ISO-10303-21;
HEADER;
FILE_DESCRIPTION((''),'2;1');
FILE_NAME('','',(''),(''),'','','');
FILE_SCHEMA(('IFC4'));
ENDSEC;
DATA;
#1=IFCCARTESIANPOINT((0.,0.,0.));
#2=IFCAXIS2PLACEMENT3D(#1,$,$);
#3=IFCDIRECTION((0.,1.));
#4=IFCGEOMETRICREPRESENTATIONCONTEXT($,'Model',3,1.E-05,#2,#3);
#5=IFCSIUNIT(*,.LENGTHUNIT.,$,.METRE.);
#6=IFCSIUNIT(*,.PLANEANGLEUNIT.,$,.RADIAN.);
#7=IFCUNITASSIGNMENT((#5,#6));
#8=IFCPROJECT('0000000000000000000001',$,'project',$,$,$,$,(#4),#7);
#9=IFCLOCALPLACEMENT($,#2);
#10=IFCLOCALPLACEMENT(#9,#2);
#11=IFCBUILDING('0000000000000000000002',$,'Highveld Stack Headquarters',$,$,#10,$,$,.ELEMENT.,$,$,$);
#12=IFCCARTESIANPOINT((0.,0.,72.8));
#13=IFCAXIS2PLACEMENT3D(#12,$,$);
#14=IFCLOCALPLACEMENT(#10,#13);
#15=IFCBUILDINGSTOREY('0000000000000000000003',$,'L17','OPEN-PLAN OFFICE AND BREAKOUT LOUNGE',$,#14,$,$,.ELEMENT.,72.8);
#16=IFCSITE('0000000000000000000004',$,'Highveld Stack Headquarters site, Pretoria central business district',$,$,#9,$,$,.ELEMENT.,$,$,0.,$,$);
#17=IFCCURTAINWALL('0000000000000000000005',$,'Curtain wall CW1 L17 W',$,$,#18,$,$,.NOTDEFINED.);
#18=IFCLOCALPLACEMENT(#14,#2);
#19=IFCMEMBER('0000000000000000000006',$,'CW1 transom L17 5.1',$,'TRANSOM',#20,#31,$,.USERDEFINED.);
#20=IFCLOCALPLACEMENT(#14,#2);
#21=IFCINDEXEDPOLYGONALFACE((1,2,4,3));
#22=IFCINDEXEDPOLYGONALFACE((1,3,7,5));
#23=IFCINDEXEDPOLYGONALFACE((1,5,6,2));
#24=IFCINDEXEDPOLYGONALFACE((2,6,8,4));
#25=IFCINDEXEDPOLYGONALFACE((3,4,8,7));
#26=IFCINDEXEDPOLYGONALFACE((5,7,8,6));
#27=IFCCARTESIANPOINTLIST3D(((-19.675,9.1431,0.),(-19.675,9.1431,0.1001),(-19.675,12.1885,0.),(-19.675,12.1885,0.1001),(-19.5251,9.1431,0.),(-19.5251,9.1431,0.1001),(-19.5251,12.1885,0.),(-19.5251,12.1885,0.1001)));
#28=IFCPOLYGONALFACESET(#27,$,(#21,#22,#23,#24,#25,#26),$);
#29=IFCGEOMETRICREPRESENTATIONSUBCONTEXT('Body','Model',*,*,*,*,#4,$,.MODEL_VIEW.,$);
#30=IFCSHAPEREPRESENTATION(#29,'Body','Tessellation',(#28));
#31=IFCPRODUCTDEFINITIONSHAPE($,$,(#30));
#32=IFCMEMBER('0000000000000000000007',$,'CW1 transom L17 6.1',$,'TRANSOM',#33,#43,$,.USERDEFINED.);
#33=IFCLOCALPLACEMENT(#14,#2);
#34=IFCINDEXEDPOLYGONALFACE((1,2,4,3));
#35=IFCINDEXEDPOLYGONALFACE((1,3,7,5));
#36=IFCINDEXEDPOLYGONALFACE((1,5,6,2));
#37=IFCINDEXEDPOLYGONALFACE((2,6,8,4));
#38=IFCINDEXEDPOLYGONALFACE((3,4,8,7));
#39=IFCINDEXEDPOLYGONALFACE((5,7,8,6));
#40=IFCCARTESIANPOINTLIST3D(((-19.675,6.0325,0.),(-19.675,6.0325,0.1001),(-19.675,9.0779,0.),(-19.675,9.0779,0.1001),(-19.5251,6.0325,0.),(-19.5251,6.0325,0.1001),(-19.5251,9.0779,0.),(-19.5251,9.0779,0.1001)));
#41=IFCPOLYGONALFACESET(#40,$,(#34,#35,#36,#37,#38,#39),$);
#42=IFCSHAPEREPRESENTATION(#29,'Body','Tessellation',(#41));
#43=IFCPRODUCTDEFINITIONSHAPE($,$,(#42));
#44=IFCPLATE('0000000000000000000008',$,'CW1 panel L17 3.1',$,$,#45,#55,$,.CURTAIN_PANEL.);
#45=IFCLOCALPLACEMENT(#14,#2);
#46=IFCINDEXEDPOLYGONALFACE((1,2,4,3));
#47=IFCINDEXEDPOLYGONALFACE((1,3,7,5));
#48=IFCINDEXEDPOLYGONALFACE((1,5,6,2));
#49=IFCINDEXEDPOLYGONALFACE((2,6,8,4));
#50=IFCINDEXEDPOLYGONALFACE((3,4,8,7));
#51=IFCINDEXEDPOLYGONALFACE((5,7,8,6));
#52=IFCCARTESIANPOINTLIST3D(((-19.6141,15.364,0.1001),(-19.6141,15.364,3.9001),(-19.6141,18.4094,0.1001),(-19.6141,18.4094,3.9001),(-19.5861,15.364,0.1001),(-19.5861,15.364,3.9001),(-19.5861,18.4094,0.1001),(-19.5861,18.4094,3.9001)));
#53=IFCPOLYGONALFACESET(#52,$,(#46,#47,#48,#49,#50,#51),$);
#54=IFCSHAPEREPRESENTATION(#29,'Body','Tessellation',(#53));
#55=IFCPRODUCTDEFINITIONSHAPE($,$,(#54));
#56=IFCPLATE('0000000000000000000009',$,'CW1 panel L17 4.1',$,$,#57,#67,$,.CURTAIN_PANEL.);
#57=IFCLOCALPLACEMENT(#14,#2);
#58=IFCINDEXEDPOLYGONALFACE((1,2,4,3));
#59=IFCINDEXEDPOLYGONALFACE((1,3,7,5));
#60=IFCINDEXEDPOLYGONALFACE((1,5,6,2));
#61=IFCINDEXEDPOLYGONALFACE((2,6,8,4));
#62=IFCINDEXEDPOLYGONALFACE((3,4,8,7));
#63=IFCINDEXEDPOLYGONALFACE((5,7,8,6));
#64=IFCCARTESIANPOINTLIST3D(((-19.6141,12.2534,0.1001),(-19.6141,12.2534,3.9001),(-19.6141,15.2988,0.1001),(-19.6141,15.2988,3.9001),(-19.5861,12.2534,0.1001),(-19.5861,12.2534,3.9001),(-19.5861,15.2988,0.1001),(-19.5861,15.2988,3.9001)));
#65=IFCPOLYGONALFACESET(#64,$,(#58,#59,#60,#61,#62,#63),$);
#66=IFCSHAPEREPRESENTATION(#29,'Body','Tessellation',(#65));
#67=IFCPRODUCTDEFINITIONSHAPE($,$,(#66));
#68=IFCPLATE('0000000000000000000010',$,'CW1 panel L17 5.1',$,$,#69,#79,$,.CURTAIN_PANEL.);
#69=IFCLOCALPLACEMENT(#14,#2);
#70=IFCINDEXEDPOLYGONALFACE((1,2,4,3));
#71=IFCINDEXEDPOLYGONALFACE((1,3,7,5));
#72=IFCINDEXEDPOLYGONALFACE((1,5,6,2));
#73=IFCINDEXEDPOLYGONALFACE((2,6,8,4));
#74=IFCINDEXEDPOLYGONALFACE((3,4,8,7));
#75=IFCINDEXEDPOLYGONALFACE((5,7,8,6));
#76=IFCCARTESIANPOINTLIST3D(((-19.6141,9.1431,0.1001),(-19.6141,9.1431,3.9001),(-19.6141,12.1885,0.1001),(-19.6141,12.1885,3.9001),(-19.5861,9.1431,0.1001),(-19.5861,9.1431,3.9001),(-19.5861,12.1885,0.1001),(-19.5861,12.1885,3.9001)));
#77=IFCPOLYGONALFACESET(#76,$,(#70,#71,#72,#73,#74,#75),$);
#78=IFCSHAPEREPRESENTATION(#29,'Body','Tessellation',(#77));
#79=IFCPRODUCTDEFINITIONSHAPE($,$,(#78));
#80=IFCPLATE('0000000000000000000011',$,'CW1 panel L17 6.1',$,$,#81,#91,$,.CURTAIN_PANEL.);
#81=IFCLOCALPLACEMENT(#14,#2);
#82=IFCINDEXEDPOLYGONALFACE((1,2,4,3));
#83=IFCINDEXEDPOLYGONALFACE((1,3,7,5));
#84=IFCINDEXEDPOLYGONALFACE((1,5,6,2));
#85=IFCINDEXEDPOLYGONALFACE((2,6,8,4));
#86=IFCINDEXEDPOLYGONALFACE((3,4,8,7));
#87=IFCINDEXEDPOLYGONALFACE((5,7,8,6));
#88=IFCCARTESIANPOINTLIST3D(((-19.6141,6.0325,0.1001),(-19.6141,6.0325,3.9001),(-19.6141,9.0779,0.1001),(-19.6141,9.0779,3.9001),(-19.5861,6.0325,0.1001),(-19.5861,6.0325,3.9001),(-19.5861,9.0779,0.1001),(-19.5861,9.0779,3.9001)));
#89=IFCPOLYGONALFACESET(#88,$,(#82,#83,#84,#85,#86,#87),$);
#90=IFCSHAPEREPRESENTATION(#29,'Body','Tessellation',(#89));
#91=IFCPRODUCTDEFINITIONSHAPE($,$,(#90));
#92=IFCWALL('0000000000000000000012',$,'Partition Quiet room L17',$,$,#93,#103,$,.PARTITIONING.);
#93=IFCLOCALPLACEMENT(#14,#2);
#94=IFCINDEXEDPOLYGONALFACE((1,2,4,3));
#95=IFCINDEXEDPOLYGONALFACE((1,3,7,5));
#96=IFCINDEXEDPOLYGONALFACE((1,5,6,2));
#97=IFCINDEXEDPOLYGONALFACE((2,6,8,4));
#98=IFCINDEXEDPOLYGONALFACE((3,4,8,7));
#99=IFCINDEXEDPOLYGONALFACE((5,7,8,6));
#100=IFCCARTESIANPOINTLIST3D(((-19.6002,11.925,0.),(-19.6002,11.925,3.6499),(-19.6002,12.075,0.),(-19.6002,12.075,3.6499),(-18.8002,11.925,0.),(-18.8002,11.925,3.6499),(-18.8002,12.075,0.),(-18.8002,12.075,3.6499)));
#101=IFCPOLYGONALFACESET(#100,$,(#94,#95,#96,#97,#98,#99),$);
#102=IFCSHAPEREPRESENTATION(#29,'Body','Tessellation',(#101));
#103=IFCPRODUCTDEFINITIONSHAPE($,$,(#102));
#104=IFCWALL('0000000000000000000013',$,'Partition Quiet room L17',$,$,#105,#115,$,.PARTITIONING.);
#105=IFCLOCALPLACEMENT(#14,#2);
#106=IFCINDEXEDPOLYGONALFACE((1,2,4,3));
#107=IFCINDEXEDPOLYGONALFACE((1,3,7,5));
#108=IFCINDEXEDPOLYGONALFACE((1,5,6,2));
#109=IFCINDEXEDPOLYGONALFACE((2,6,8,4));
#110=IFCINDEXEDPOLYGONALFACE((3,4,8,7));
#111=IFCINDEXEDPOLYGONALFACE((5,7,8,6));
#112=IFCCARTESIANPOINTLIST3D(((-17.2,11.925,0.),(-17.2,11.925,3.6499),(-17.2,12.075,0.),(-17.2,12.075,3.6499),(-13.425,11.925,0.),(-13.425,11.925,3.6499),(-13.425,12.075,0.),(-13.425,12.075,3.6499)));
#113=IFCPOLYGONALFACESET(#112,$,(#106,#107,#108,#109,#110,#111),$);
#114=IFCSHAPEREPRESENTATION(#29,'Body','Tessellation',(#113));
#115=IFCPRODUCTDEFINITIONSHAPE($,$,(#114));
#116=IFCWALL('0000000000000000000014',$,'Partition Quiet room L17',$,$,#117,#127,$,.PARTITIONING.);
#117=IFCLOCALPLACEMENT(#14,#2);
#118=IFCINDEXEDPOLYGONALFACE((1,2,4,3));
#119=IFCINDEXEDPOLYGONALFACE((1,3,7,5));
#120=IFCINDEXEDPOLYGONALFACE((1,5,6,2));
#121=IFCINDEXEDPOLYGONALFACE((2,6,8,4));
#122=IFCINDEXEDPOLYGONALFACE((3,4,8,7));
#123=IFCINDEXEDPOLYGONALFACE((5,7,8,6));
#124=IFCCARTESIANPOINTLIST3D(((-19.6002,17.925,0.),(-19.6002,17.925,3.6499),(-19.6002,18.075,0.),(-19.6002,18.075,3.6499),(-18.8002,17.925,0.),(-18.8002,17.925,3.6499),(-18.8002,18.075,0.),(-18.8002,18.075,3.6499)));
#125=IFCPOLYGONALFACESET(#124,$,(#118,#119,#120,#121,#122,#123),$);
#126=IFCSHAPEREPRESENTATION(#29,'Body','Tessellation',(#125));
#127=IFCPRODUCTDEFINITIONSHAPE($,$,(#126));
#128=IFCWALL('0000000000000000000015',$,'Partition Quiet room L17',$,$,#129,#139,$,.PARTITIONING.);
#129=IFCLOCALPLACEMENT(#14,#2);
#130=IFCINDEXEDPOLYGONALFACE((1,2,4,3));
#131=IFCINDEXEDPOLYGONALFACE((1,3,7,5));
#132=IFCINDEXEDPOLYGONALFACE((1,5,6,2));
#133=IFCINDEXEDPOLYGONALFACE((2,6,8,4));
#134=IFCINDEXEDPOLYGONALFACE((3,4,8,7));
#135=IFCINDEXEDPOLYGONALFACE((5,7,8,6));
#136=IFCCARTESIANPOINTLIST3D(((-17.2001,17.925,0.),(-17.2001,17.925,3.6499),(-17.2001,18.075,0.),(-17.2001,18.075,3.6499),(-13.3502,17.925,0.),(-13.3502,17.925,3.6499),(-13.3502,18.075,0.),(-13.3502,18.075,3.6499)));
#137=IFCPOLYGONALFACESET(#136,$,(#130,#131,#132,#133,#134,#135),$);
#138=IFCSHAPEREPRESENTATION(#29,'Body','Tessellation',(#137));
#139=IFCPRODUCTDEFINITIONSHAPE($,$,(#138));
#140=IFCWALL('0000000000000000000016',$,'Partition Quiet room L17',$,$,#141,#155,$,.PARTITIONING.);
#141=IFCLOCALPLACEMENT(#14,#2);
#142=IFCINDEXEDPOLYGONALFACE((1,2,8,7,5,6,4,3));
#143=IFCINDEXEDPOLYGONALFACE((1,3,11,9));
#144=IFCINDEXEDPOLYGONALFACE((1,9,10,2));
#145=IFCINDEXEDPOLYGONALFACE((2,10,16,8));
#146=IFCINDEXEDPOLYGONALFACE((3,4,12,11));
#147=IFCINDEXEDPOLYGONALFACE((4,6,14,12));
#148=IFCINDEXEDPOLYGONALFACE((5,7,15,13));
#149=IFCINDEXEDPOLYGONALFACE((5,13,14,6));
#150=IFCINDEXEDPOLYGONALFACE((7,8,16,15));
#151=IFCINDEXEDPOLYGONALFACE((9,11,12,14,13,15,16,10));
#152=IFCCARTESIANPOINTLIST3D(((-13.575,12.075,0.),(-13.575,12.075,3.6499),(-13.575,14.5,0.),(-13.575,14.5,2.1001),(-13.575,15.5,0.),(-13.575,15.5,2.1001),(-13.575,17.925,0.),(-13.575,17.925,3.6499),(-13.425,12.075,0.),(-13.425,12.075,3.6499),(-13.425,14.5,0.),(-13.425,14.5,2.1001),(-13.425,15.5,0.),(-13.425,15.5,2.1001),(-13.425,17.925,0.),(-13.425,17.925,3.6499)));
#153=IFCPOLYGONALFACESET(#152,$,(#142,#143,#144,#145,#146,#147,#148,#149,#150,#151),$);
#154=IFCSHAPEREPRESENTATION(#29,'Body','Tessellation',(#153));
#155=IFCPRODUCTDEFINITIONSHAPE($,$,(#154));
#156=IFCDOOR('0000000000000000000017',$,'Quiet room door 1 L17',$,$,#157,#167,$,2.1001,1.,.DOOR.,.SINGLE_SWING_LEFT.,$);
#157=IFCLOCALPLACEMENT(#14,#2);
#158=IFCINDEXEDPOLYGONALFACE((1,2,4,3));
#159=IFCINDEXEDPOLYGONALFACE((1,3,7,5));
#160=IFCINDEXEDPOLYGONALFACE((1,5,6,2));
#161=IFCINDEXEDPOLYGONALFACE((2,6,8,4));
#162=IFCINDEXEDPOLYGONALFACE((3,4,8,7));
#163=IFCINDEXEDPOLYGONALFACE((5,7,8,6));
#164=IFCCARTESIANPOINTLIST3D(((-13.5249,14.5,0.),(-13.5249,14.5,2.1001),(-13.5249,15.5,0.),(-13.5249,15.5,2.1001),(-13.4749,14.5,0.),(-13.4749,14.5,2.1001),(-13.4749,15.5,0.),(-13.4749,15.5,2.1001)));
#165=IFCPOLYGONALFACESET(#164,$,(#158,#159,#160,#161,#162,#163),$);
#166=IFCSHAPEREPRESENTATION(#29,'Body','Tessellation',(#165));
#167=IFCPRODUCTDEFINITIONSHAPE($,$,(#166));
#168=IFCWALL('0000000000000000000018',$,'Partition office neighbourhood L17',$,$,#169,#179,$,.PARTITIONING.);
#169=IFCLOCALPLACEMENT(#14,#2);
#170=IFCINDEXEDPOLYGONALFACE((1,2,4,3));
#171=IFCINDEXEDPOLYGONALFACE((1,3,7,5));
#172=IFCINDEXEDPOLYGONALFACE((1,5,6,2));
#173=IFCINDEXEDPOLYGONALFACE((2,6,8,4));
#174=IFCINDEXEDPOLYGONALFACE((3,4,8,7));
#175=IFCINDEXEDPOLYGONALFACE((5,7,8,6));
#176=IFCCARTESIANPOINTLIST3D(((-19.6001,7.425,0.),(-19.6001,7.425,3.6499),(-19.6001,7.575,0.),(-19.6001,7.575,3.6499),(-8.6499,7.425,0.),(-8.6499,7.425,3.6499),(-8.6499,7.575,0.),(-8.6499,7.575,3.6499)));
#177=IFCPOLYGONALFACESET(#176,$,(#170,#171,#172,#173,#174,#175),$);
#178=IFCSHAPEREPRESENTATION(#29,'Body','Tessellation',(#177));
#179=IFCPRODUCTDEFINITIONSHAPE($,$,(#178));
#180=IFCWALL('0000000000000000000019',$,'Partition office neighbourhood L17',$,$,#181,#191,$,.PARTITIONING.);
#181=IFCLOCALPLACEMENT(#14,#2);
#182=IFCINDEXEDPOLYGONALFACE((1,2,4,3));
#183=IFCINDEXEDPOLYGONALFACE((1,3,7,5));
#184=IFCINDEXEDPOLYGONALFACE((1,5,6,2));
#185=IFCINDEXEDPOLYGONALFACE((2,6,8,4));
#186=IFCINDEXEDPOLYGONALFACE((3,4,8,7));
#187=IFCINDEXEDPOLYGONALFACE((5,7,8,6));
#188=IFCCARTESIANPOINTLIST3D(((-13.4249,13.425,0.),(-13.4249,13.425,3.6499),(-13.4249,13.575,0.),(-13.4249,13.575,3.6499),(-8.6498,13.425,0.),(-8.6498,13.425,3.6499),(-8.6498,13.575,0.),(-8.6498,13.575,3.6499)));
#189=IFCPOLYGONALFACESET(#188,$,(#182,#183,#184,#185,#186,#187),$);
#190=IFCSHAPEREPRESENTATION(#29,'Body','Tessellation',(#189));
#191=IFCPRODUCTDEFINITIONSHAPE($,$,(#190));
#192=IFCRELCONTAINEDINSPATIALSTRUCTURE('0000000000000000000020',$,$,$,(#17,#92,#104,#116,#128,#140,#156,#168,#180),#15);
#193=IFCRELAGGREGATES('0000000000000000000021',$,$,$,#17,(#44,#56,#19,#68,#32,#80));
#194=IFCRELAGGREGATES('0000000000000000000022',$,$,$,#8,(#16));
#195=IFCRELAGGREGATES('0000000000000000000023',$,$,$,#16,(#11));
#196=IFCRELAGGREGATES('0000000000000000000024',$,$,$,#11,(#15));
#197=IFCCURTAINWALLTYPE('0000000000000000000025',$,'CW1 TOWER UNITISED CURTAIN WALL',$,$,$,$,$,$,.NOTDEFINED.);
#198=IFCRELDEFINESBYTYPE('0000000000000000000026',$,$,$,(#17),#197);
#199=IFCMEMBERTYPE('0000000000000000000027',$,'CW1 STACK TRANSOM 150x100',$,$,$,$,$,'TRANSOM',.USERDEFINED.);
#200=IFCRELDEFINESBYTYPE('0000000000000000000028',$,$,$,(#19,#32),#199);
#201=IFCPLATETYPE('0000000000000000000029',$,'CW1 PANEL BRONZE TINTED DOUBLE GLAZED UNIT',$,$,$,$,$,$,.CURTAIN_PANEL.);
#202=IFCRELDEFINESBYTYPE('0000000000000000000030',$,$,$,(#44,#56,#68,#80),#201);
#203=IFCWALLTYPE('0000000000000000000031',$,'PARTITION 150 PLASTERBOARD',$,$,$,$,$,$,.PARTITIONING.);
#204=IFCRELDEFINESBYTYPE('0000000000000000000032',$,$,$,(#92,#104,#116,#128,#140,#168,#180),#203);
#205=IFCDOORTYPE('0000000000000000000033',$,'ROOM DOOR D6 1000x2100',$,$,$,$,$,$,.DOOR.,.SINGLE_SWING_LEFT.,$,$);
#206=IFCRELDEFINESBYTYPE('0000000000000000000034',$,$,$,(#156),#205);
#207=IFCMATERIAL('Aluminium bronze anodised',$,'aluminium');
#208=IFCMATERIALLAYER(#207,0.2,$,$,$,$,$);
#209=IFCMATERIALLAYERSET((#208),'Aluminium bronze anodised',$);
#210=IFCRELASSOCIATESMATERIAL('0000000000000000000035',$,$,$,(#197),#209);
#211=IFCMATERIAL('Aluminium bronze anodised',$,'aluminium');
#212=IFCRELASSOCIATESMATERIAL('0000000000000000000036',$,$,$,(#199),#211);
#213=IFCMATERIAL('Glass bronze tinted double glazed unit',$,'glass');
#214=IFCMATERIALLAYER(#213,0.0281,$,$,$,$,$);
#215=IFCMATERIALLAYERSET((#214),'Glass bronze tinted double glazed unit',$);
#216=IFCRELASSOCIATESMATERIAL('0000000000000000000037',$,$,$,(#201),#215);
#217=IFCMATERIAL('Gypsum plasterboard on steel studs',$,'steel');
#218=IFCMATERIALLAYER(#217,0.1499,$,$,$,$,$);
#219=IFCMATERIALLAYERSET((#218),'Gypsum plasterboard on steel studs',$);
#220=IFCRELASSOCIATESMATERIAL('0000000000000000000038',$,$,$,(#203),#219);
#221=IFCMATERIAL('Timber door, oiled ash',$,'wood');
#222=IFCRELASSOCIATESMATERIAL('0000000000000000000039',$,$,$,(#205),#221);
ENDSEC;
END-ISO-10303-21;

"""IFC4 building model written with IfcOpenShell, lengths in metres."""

from ifc_helpers import new_model, si_unit, direction, frame, frame_2d, origin, origin_2d, place, context, subcontext, project, spatial, rectangle, extrude, material, layer, layer_set, material_profile, profile_set, type_object, element, fill, aggregate, save


model = new_model("IFC4")

# Units and contexts
model_context = context("Model", 3, precision=1e-05, world=origin(), true_north=direction((0.0, 1.0)))
body_context = subcontext(model_context, "Body", "Model", "MODEL_VIEW")
ifc_project = project(units=[si_unit("LENGTHUNIT", "METRE"), si_unit("PLANEANGLEUNIT", "RADIAN")], contexts=[model_context])

# Site, building, storey
site_placement = place(None, origin())
site = spatial("IfcSite", under=ifc_project, at=site_placement, Name="Highveld Stack Headquarters site, Pretoria central business district", CompositionType="ELEMENT", RefElevation=0.0)
building_placement = place(site_placement, origin())
building = spatial("IfcBuilding", under=site, at=building_placement, Name="Highveld Stack Headquarters", CompositionType="ELEMENT")
storey_placement = place(building_placement, frame((0.0, 0.0, 72.8)))
storey = spatial("IfcBuildingStorey", under=building, at=storey_placement, Name="L17", Description="OPEN-PLAN OFFICE AND BREAKOUT LOUNGE", CompositionType="ELEMENT", Elevation=72.8)

# Curtain wall, members, plates
ifc_material_1 = material(Name="Aluminium bronze anodised", Category="aluminium")
ifc_layer_1 = layer(ifc_material_1, 0.2)
ifc_layer_set_1 = layer_set([ifc_layer_1], Name="Aluminium bronze anodised")
curtain_wall_type = type_object("IfcCurtainWallType", Name="CW1 TOWER UNITISED CURTAIN WALL", PredefinedType="NOTDEFINED", material=ifc_layer_set_1)
curtain_wall_placement = place(storey_placement, origin())
curtain_wall = element("IfcCurtainWall", 1, at=curtain_wall_placement, inside=storey, type_object=curtain_wall_type, Name="Curtain wall CW1 L17 W", PredefinedType="NOTDEFINED")
ifc_material_2 = material(Name="Aluminium bronze anodised", Category="aluminium")
ifc_material_profile_1 = material_profile(ifc_material_2, rectangle(XDim=0.1499, YDim=0.1001, at=origin_2d()), Name="CW1 TRANSOM 150x100")
ifc_profile_set_1 = profile_set([ifc_material_profile_1], Name="Aluminium bronze anodised")
member_type_1 = type_object("IfcMemberType", Name="CW1 STACK TRANSOM 150x100", ElementType="TRANSOM", PredefinedType="USERDEFINED", material=ifc_profile_set_1)
member_1_placement = place(storey_placement, frame((-19.6001, 12.1885, 0.05), z_axis=(0.0, -1.0, 0.0), x_axis=(1.0, 0.0, 0.0)))
member_1 = element("IfcMember", 2, at=member_1_placement, type_object=member_type_1, Name="CW1 transom L17 5.1", ObjectType="TRANSOM", PredefinedType="USERDEFINED", context=body_context, shape_type="SweptSolid", body=[
    extrude(rectangle(XDim=0.1499, YDim=0.1001, at=origin_2d()), origin(), (0.0, 0.0, 1.0), 3.0454),
])
member_2_placement = place(storey_placement, frame((-19.6001, 9.0779, 0.05), z_axis=(0.0, -1.0, 0.0), x_axis=(1.0, 0.0, 0.0)))
member_2 = element("IfcMember", 3, at=member_2_placement, type_object=member_type_1, Name="CW1 transom L17 6.1", ObjectType="TRANSOM", PredefinedType="USERDEFINED", context=body_context, shape_type="SweptSolid", body=[
    extrude(rectangle(XDim=0.1499, YDim=0.1001, at=origin_2d()), origin(), (0.0, 0.0, 1.0), 3.0454),
])
ifc_material_3 = material(Name="Glass bronze tinted double glazed unit", Category="glass")
ifc_layer_2 = layer(ifc_material_3, 0.0281)
ifc_layer_set_2 = layer_set([ifc_layer_2], Name="Glass bronze tinted double glazed unit")
plate_type = type_object("IfcPlateType", Name="CW1 PANEL BRONZE TINTED DOUBLE GLAZED UNIT", PredefinedType="CURTAIN_PANEL", material=ifc_layer_set_2)
plate_1_placement = place(storey_placement, frame((-19.6001, 16.8867, 0.1001), z_axis=(0.0, 0.0, 1.0), x_axis=(0.0, -1.0, 0.0)))
plate_1 = element("IfcPlate", 4, at=plate_1_placement, type_object=plate_type, Name="CW1 panel L17 3.1", PredefinedType="CURTAIN_PANEL", context=body_context, shape_type="SweptSolid", body=[
    extrude(rectangle(XDim=3.0454, YDim=0.0281, at=origin_2d()), origin(), (0.0, 0.0, 1.0), 3.8),
])
plate_2_placement = place(storey_placement, frame((-19.6001, 13.7761, 0.1001), z_axis=(0.0, 0.0, 1.0), x_axis=(0.0, -1.0, 0.0)))
plate_2 = element("IfcPlate", 5, at=plate_2_placement, type_object=plate_type, Name="CW1 panel L17 4.1", PredefinedType="CURTAIN_PANEL", context=body_context, shape_type="SweptSolid", body=[
    extrude(rectangle(XDim=3.0454, YDim=0.0281, at=origin_2d()), origin(), (0.0, 0.0, 1.0), 3.8),
])
plate_3_placement = place(storey_placement, frame((-19.6001, 10.6658, 0.1001), z_axis=(0.0, 0.0, 1.0), x_axis=(0.0, -1.0, 0.0)))
plate_3 = element("IfcPlate", 6, at=plate_3_placement, type_object=plate_type, Name="CW1 panel L17 5.1", PredefinedType="CURTAIN_PANEL", context=body_context, shape_type="SweptSolid", body=[
    extrude(rectangle(XDim=3.0454, YDim=0.0281, at=origin_2d()), origin(), (0.0, 0.0, 1.0), 3.8),
])
plate_4_placement = place(storey_placement, frame((-19.6001, 7.5552, 0.1001), z_axis=(0.0, 0.0, 1.0), x_axis=(0.0, -1.0, 0.0)))
plate_4 = element("IfcPlate", 7, at=plate_4_placement, type_object=plate_type, Name="CW1 panel L17 6.1", PredefinedType="CURTAIN_PANEL", context=body_context, shape_type="SweptSolid", body=[
    extrude(rectangle(XDim=3.0454, YDim=0.0281, at=origin_2d()), origin(), (0.0, 0.0, 1.0), 3.8),
])
aggregate(curtain_wall, [plate_1, plate_2, member_1, plate_3, member_2, plate_4])

# Walls
ifc_material_4 = material(Name="Gypsum plasterboard on steel studs", Category="steel")
ifc_layer_3 = layer(ifc_material_4, 0.1499)
ifc_layer_set_3 = layer_set([ifc_layer_3], Name="Gypsum plasterboard on steel studs")
wall_type = type_object("IfcWallType", Name="PARTITION 150 PLASTERBOARD", PredefinedType="PARTITIONING", material=ifc_layer_set_3)
wall_1_placement = place(storey_placement, frame((-19.6001, 12.0, 0.0), z_axis=(0.0, 0.0, 1.0), x_axis=(1.0, 0.0, 0.0)))
element("IfcWall", 8, at=wall_1_placement, inside=storey, type_object=wall_type, Name="Partition Quiet room L17", PredefinedType="PARTITIONING", context=body_context, shape_type="SweptSolid", body=[
    extrude(rectangle(XDim=0.8, YDim=0.1499, at=frame_2d((0.3999, 0.0))), origin(), (0.0, 0.0, 1.0), 3.6499),
])
wall_2_placement = place(storey_placement, frame((-17.2, 12.0, 0.0), z_axis=(0.0, 0.0, 1.0), x_axis=(1.0, 0.0, 0.0)))
element("IfcWall", 9, at=wall_2_placement, inside=storey, type_object=wall_type, Name="Partition Quiet room L17", PredefinedType="PARTITIONING", context=body_context, shape_type="SweptSolid", body=[
    extrude(rectangle(XDim=3.7749, YDim=0.1499, at=frame_2d((1.8875, 0.0))), origin(), (0.0, 0.0, 1.0), 3.6499),
])
wall_3_placement = place(storey_placement, frame((-19.6001, 18.0, 0.0), z_axis=(0.0, 0.0, 1.0), x_axis=(1.0, 0.0, 0.0)))
element("IfcWall", 10, at=wall_3_placement, inside=storey, type_object=wall_type, Name="Partition Quiet room L17", PredefinedType="PARTITIONING", context=body_context, shape_type="SweptSolid", body=[
    extrude(rectangle(XDim=0.8, YDim=0.1499, at=frame_2d((0.3999, 0.0))), origin(), (0.0, 0.0, 1.0), 3.6499),
])
wall_4_placement = place(storey_placement, frame((-17.2, 18.0, 0.0), z_axis=(0.0, 0.0, 1.0), x_axis=(1.0, 0.0, 0.0)))
element("IfcWall", 11, at=wall_4_placement, inside=storey, type_object=wall_type, Name="Partition Quiet room L17", PredefinedType="PARTITIONING", context=body_context, shape_type="SweptSolid", body=[
    extrude(rectangle(XDim=3.8499, YDim=0.1499, at=frame_2d((1.9248, 0.0))), origin(), (0.0, 0.0, 1.0), 3.6499),
])

# Wall, opening, door
wall_5_placement = place(storey_placement, frame((-13.5, 12.075, 0.0), z_axis=(0.0, 0.0, 1.0), x_axis=(0.0, 1.0, 0.0)))
wall_5 = element("IfcWall", 12, at=wall_5_placement, inside=storey, type_object=wall_type, Name="Partition Quiet room L17", PredefinedType="PARTITIONING", context=body_context, shape_type="SweptSolid", body=[
    extrude(rectangle(XDim=5.8501, YDim=0.1499, at=frame_2d((2.925, 0.0))), origin(), (0.0, 0.0, 1.0), 3.6499),
])
opening_placement = place(wall_5_placement, frame((2.425, 0.0, 0.0)))
opening = element("IfcOpeningElement", 13, at=opening_placement, cuts=wall_5, PredefinedType="OPENING", context=body_context, shape_type="SweptSolid", body=[
    extrude(rectangle(XDim=1.0, YDim=2.1001, at=frame_2d((0.5, 1.05))), frame((0.0, 0.085, 0.0), z_axis=(0.0, -1.0, 0.0), x_axis=(1.0, 0.0, 0.0)), (0.0, 0.0, 1.0), 0.1699),
])
ifc_material_5 = material(Name="Timber door, oiled ash", Category="wood")
door_type = type_object("IfcDoorType", Name="ROOM DOOR D6 1000x2100", OperationType="SINGLE_SWING_LEFT", PredefinedType="DOOR", material=ifc_material_5)
door_placement = place(opening_placement, origin())
door = element("IfcDoor", 14, at=door_placement, inside=storey, type_object=door_type, Name="Quiet room door 1 L17", OperationType="SINGLE_SWING_LEFT", OverallHeight=2.1001, OverallWidth=1.0, PredefinedType="DOOR", context=body_context, shape_type="SweptSolid", body=[
    extrude(rectangle(XDim=1.0, YDim=2.1001, at=frame_2d((0.5, 1.05))), frame((0.0, 0.0249, 0.0), z_axis=(0.0, -1.0, 0.0), x_axis=(1.0, 0.0, 0.0)), (0.0, 0.0, 1.0), 0.05),
])
fill(opening, door)

# Walls
wall_6_placement = place(storey_placement, frame((-19.6001, 7.5, 0.0), z_axis=(0.0, 0.0, 1.0), x_axis=(1.0, 0.0, 0.0)))
element("IfcWall", 15, at=wall_6_placement, inside=storey, type_object=wall_type, Name="Partition office neighbourhood L17", PredefinedType="PARTITIONING", context=body_context, shape_type="SweptSolid", body=[
    extrude(rectangle(XDim=10.9502, YDim=0.1499, at=frame_2d((5.4751, 0.0))), origin(), (0.0, 0.0, 1.0), 3.6499),
])
wall_7_placement = place(storey_placement, frame((-13.425, 13.5, 0.0), z_axis=(0.0, 0.0, 1.0), x_axis=(1.0, 0.0, 0.0)))
element("IfcWall", 16, at=wall_7_placement, inside=storey, type_object=wall_type, Name="Partition office neighbourhood L17", PredefinedType="PARTITIONING", context=body_context, shape_type="SweptSolid", body=[
    extrude(rectangle(XDim=4.7751, YDim=0.1499, at=frame_2d((2.3877, 0.0))), origin(), (0.0, 0.0, 1.0), 3.6499),
])

save(model, "model.ifc")
